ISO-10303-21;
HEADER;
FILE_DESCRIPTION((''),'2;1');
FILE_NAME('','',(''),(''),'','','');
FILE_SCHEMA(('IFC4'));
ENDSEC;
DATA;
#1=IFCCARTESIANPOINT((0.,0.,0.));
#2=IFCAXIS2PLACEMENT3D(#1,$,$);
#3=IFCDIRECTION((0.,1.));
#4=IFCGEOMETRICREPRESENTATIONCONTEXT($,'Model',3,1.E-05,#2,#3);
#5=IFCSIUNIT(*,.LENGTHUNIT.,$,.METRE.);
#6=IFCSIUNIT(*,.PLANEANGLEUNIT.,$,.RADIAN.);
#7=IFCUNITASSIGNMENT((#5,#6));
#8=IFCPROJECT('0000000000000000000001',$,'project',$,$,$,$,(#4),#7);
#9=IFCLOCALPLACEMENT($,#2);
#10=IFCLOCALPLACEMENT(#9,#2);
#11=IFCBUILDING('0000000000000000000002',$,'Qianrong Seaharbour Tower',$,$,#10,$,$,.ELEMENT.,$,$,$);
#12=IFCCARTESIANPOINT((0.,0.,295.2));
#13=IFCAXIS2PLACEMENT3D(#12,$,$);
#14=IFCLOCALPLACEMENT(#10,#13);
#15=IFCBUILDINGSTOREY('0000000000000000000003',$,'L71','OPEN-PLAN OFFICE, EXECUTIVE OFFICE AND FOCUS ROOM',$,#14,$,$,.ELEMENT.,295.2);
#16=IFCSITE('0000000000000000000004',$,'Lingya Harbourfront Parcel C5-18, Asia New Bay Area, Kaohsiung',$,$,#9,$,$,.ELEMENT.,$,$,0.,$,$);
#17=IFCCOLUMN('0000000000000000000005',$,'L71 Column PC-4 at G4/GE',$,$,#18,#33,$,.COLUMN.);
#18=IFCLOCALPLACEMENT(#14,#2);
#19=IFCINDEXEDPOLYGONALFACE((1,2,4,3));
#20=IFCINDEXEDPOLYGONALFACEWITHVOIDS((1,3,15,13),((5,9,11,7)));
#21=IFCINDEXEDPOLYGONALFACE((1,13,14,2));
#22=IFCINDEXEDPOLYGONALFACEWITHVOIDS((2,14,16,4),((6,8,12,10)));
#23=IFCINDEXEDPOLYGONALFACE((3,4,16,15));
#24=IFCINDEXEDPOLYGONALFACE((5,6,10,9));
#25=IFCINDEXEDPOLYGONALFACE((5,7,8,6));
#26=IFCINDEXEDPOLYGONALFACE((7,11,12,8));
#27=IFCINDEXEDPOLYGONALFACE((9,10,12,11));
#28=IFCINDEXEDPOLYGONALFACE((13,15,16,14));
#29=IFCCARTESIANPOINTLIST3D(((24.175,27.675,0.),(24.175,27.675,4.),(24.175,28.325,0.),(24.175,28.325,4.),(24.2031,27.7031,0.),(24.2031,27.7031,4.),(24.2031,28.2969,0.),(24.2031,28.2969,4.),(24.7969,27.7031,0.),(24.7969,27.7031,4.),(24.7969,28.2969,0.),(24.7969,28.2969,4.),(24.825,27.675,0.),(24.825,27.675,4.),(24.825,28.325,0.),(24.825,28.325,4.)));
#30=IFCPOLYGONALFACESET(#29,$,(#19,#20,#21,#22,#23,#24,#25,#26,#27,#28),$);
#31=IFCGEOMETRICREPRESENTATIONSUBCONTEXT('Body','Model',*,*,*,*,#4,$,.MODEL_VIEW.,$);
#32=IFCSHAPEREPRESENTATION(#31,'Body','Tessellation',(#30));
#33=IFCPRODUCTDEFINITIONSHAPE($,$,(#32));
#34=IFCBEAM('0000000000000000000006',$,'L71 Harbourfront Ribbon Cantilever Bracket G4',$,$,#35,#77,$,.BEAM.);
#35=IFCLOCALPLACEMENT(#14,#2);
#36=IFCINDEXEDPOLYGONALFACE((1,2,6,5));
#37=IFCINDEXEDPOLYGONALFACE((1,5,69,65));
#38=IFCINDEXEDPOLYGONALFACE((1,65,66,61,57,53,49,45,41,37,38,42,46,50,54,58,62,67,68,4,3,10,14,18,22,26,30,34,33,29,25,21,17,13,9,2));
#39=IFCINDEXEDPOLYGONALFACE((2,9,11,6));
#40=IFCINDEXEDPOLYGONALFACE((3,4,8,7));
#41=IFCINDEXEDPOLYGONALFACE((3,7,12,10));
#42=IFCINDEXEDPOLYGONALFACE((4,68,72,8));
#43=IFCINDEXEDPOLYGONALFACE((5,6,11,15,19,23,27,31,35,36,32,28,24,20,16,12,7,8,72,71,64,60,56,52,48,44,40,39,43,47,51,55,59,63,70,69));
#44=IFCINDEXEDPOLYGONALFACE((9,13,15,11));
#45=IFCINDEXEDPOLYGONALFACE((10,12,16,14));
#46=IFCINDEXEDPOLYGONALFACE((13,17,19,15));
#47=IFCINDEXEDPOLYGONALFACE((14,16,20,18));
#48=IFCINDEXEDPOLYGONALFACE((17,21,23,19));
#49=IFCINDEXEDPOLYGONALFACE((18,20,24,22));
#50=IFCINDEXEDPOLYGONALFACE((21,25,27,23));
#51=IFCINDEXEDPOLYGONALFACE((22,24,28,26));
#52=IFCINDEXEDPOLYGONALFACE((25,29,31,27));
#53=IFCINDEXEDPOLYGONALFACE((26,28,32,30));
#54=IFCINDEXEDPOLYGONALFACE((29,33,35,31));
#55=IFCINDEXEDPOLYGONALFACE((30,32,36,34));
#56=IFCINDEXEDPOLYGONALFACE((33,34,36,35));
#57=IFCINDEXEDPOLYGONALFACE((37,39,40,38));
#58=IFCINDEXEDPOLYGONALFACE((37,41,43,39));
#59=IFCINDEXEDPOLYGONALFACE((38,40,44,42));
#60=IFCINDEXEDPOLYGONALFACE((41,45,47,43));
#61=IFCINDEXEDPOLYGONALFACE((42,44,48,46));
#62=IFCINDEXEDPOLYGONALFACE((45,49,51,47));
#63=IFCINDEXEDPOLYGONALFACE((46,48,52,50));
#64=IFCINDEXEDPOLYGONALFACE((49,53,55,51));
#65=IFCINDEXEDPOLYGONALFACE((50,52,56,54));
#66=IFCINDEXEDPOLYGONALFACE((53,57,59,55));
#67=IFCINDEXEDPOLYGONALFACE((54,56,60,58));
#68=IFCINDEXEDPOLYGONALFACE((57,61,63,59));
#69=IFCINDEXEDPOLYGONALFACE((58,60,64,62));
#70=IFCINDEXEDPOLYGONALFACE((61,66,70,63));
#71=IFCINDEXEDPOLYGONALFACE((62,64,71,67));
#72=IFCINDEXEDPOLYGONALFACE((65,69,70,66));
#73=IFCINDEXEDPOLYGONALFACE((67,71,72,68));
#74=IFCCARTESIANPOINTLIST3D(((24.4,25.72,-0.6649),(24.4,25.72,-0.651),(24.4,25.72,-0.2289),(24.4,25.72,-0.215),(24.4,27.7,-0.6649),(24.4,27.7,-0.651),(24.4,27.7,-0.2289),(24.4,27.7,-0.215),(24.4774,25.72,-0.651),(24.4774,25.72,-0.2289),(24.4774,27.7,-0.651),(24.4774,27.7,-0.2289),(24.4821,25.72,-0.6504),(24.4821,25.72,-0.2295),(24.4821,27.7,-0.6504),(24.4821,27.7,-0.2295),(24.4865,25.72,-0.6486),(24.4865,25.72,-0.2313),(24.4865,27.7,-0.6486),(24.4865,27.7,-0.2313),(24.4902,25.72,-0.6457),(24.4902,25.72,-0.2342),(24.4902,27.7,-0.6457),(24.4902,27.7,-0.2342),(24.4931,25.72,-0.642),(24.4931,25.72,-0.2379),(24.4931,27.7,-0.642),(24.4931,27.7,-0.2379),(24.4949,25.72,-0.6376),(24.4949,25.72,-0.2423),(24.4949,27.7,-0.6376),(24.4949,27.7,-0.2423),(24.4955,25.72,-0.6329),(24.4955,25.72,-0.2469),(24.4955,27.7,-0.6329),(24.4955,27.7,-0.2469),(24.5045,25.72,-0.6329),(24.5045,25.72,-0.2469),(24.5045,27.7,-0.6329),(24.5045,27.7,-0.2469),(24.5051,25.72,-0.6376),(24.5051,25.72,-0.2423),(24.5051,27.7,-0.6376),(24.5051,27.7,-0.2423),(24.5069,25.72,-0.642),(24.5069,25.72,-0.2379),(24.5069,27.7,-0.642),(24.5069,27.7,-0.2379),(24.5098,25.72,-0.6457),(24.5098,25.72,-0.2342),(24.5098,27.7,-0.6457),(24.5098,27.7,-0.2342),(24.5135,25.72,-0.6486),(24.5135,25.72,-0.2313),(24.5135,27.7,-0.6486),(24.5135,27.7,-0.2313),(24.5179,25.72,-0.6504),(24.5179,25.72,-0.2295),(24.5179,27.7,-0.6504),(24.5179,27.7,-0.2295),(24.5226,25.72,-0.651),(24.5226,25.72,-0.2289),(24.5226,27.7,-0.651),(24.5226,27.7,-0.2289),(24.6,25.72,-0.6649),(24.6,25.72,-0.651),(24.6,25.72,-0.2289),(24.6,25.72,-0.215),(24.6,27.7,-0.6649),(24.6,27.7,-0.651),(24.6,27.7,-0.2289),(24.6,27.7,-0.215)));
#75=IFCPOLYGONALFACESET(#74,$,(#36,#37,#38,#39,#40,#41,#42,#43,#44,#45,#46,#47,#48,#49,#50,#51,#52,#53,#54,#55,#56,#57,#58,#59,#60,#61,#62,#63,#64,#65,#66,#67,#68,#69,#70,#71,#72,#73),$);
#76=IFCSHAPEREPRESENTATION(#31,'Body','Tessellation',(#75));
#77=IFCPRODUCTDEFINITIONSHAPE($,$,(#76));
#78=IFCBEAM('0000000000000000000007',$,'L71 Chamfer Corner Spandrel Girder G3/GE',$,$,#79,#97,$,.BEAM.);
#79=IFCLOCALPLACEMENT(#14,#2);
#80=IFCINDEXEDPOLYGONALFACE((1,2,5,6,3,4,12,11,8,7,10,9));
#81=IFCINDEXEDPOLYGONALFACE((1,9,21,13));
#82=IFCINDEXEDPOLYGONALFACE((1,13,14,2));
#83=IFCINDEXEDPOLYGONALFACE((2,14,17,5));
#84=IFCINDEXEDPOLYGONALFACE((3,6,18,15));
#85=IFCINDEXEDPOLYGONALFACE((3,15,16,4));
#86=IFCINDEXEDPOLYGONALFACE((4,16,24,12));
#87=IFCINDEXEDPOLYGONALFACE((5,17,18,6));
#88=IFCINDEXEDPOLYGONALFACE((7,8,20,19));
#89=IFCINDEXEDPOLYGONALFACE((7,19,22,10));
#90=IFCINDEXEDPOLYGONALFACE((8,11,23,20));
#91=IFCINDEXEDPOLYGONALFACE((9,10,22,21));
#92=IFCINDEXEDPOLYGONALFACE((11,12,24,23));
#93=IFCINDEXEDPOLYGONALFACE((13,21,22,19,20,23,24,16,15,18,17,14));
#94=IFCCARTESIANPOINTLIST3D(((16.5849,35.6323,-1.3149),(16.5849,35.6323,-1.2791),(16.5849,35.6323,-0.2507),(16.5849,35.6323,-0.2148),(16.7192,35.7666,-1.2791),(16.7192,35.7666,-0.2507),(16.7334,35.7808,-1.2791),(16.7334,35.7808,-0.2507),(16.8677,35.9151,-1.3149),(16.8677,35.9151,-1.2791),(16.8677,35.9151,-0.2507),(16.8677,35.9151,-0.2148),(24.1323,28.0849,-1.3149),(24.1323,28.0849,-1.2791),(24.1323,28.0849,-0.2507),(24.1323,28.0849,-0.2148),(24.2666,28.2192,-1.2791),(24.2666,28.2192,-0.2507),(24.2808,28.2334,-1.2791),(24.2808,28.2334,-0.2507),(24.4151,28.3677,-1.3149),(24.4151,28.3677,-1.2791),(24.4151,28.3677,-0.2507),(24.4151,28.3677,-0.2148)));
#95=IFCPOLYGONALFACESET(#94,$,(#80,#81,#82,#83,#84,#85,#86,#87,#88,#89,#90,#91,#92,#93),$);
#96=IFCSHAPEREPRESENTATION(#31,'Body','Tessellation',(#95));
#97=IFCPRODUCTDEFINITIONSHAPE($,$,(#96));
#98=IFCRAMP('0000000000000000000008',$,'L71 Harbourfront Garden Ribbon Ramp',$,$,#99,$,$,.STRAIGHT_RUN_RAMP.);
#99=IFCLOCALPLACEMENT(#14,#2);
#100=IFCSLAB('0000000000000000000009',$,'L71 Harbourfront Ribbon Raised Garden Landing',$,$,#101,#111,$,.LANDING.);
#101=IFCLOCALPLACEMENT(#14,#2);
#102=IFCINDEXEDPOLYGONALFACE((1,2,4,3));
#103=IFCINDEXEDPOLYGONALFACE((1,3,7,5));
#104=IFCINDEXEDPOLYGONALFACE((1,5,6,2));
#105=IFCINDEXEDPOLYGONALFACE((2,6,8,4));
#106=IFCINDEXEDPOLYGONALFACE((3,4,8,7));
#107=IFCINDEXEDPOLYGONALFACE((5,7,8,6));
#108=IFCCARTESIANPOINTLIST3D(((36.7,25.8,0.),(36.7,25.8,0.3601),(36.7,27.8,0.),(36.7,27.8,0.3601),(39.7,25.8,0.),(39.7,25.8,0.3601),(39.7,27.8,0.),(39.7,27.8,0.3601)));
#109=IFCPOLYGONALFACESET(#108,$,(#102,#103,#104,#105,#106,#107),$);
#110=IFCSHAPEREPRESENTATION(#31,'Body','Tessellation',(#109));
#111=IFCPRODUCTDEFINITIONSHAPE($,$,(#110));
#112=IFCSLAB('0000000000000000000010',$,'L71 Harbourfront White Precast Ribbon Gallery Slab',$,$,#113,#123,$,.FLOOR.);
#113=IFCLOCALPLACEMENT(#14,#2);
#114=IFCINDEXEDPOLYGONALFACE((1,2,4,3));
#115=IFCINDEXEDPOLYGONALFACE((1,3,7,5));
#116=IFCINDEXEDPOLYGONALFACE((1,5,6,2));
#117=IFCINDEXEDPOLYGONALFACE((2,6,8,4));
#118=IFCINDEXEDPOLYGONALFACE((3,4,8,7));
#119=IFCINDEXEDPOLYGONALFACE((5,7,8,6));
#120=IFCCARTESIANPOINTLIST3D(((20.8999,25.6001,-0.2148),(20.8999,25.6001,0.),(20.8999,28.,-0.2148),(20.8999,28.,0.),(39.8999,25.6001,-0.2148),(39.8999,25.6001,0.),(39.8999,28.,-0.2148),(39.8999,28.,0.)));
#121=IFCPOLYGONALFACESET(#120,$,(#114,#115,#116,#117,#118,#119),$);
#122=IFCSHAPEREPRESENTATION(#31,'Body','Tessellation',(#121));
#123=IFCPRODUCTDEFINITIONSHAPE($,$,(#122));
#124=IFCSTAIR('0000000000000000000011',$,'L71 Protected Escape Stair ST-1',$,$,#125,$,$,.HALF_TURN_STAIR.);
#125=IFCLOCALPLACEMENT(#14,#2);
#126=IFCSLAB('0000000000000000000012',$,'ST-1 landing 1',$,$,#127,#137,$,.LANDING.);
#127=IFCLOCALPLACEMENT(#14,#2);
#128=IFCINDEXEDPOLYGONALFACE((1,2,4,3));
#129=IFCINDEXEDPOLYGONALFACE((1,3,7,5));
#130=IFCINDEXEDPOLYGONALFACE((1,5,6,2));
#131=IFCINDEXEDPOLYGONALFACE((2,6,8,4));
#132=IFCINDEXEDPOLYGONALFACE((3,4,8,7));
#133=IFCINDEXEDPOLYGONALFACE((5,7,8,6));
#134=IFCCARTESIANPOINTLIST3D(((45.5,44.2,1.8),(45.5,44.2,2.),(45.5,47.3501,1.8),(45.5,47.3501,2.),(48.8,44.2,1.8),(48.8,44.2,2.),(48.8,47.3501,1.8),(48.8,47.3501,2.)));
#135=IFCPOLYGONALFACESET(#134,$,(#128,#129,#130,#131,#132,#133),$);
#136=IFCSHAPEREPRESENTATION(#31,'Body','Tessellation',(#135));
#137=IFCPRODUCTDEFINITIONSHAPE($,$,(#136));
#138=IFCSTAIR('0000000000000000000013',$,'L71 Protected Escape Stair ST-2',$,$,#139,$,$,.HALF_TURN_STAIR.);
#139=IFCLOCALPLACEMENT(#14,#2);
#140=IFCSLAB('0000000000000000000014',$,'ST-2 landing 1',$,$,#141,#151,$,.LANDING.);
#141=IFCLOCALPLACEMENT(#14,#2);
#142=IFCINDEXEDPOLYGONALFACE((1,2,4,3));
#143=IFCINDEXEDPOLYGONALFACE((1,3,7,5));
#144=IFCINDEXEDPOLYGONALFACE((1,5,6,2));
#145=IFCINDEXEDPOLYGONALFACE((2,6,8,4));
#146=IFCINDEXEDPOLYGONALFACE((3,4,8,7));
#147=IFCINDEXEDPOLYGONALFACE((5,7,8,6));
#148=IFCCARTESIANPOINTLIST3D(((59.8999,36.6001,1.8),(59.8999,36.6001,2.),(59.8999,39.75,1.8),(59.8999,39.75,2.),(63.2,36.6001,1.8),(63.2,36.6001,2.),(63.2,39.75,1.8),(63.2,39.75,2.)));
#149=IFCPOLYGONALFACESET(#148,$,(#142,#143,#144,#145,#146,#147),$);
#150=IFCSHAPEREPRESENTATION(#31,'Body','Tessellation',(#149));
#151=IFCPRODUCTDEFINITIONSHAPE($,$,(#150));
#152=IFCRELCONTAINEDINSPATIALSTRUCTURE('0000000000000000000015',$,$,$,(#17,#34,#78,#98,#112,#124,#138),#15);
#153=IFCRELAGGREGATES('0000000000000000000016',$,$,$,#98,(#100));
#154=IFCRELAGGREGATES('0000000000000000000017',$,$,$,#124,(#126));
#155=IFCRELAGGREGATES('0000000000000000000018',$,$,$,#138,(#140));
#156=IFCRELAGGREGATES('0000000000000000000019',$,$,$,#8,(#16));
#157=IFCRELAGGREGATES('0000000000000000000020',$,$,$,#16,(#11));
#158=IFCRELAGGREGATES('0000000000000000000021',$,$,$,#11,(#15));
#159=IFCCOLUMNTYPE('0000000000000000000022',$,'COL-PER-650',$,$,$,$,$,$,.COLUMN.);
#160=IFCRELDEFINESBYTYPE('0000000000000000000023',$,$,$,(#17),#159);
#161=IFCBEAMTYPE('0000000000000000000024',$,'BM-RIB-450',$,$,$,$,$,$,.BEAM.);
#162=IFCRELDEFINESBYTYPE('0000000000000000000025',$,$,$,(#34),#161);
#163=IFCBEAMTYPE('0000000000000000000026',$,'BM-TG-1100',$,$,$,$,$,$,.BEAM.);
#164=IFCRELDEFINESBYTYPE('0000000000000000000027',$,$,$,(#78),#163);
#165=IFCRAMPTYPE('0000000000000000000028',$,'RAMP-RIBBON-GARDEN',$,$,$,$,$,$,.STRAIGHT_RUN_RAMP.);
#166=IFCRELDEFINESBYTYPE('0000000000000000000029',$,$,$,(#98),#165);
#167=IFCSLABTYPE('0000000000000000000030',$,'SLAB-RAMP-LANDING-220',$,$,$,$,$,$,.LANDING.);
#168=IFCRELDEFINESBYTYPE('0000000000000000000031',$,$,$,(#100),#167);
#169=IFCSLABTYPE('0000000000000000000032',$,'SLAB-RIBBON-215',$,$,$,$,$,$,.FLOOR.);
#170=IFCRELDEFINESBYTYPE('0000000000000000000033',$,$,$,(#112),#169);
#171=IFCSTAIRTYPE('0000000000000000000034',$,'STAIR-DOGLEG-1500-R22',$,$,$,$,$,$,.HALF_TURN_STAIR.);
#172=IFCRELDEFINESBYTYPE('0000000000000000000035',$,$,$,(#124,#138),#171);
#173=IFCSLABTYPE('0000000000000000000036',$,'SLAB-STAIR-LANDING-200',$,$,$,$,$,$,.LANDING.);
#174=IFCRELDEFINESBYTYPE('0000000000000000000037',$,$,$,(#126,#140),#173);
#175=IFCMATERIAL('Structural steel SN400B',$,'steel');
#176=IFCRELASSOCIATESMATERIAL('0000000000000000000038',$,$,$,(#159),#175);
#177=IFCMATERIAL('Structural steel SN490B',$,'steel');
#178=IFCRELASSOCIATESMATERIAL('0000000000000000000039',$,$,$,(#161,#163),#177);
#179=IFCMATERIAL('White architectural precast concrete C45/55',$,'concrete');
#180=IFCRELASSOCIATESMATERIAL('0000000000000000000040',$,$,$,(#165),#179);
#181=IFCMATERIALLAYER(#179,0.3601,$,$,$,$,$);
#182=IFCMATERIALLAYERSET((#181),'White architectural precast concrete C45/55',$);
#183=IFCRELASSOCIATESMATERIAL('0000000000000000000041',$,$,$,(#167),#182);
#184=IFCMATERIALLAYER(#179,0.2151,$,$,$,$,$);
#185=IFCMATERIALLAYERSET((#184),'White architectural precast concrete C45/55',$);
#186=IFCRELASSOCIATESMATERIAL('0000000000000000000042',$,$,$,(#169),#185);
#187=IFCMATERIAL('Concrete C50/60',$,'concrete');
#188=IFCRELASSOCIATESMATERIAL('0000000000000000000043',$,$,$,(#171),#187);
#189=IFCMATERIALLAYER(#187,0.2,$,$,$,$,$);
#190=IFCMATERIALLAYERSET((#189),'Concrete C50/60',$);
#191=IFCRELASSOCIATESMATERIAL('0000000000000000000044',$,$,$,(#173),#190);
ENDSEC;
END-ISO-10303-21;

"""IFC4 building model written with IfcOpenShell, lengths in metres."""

from ifc_helpers import new_model, si_unit, direction, frame, origin, origin_2d, place, context, subcontext, project, spatial, polyline, hollow_rectangle, i_section, outline, extrude, material, layer, layer_set, material_profile, profile_set, type_object, element, aggregate, save


model = new_model("IFC4")

# Units and contexts
model_context = context("Model", 3, precision=1e-05, world=origin(), true_north=direction((0.0, 1.0)))
body_context = subcontext(model_context, "Body", "Model", "MODEL_VIEW")
ifc_project = project(units=[si_unit("LENGTHUNIT", "METRE"), si_unit("PLANEANGLEUNIT", "RADIAN")], contexts=[model_context])

# Site, building, storey
site_placement = place(None, origin())
site = spatial("IfcSite", under=ifc_project, at=site_placement, Name="Lingya Harbourfront Parcel C5-18, Asia New Bay Area, Kaohsiung", CompositionType="ELEMENT", RefElevation=0.0)
building_placement = place(site_placement, origin())
building = spatial("IfcBuilding", under=site, at=building_placement, Name="Qianrong Seaharbour Tower", CompositionType="ELEMENT")
storey_placement = place(building_placement, frame((0.0, 0.0, 295.2)))
storey = spatial("IfcBuildingStorey", under=building, at=storey_placement, Name="L71", Description="OPEN-PLAN OFFICE, EXECUTIVE OFFICE AND FOCUS ROOM", CompositionType="ELEMENT", Elevation=295.2)

# Column
ifc_material_1 = material(Name="Structural steel SN400B", Category="steel")
ifc_material_profile_1 = material_profile(ifc_material_1, hollow_rectangle(XDim=0.6499, YDim=0.6499, WallThickness=0.0281, at=origin_2d()), Name="BOX650x650x28")
ifc_profile_set_1 = profile_set([ifc_material_profile_1], Name="Structural steel SN400B")
column_type = type_object("IfcColumnType", Name="COL-PER-650", PredefinedType="COLUMN", material=ifc_profile_set_1)
column_placement = place(storey_placement, frame((24.5, 28.0, 0.0), z_axis=(0.0, 0.0, 1.0), x_axis=(1.0, 0.0, 0.0)))
element("IfcColumn", 1, at=column_placement, inside=storey, type_object=column_type, Name="L71 Column PC-4 at G4/GE", PredefinedType="COLUMN", context=body_context, shape_type="SweptSolid", body=[
    extrude(hollow_rectangle(XDim=0.6499, YDim=0.6499, WallThickness=0.0281, at=origin_2d()), origin(), (0.0, 0.0, 1.0), 4.0),
])

# Beams
ifc_material_2 = material(Name="Structural steel SN490B", Category="steel")
ifc_material_profile_2 = material_profile(ifc_material_2, i_section(OverallWidth=0.2, OverallDepth=0.45, WebThickness=0.009, FlangeThickness=0.0139, FilletRadius=0.0181, at=origin_2d()), Name="H450x200x9x14")
ifc_profile_set_2 = profile_set([ifc_material_profile_2], Name="Structural steel SN490B")
beam_type_1 = type_object("IfcBeamType", Name="BM-RIB-450", PredefinedType="BEAM", material=ifc_profile_set_2)
beam_1_placement = place(storey_placement, frame((24.5, 27.7, -0.4399), z_axis=(0.0, -1.0, 0.0), x_axis=(1.0, 0.0, 0.0)))
element("IfcBeam", 2, at=beam_1_placement, inside=storey, type_object=beam_type_1, Name="L71 Harbourfront Ribbon Cantilever Bracket G4", PredefinedType="BEAM", context=body_context, shape_type="SweptSolid", body=[
    extrude(i_section(OverallWidth=0.2, OverallDepth=0.45, WebThickness=0.009, FlangeThickness=0.0139, FilletRadius=0.0181, at=origin_2d()), origin(), (0.0, 0.0, 1.0), 1.98),
])
ifc_material_profile_3 = material_profile(ifc_material_2, i_section(OverallWidth=0.3999, OverallDepth=1.1001, WebThickness=0.02, FlangeThickness=0.0359, at=origin_2d()), Name="BH1100x400x20x36")
ifc_profile_set_3 = profile_set([ifc_material_profile_3], Name="Structural steel SN490B")
beam_type_2 = type_object("IfcBeamType", Name="BM-TG-1100", PredefinedType="BEAM", material=ifc_profile_set_3)
beam_2_placement = place(storey_placement, frame((24.2737, 28.2263, -0.7649), z_axis=(-0.707107, 0.707107, 0.0), x_axis=(-0.707107, -0.707107, 0.0)))
element("IfcBeam", 3, at=beam_2_placement, inside=storey, type_object=beam_type_2, Name="L71 Chamfer Corner Spandrel Girder G3/GE", PredefinedType="BEAM", context=body_context, shape_type="SweptSolid", body=[
    extrude(i_section(OverallWidth=0.3999, OverallDepth=1.1001, WebThickness=0.02, FlangeThickness=0.0359, at=origin_2d()), origin(), (0.0, 0.0, 1.0), 10.6736),
])

# Ramp, slab
ifc_material_3 = material(Name="White architectural precast concrete C45/55", Category="concrete")
ramp_type = type_object("IfcRampType", Name="RAMP-RIBBON-GARDEN", PredefinedType="STRAIGHT_RUN_RAMP", material=ifc_material_3)
ramp_placement = place(storey_placement, origin())
ramp = element("IfcRamp", 4, at=ramp_placement, inside=storey, type_object=ramp_type, Name="L71 Harbourfront Garden Ribbon Ramp", PredefinedType="STRAIGHT_RUN_RAMP")
ifc_layer_1 = layer(ifc_material_3, 0.3601)
ifc_layer_set_1 = layer_set([ifc_layer_1], Name="White architectural precast concrete C45/55")
slab_type_1 = type_object("IfcSlabType", Name="SLAB-RAMP-LANDING-220", PredefinedType="LANDING", material=ifc_layer_set_1)
slab_1_placement = place(storey_placement, origin())
slab_1 = element("IfcSlab", 5, at=slab_1_placement, type_object=slab_type_1, Name="L71 Harbourfront Ribbon Raised Garden Landing", PredefinedType="LANDING", context=body_context, shape_type="SweptSolid", body=[
    extrude(outline(polyline([(36.7, 25.8), (39.7, 25.8), (39.7, 27.8), (36.7, 27.8), (36.7, 25.8)])), origin(), (0.0, 0.0, 1.0), 0.3601),
])
aggregate(ramp, [slab_1])

# Slab
ifc_layer_2 = layer(ifc_material_3, 0.2151)
ifc_layer_set_2 = layer_set([ifc_layer_2], Name="White architectural precast concrete C45/55")
slab_type_2 = type_object("IfcSlabType", Name="SLAB-RIBBON-215", PredefinedType="FLOOR", material=ifc_layer_set_2)
slab_2_placement = place(storey_placement, frame((0.0, 0.0, -0.2148)))
element("IfcSlab", 6, at=slab_2_placement, inside=storey, type_object=slab_type_2, Name="L71 Harbourfront White Precast Ribbon Gallery Slab", PredefinedType="FLOOR", context=body_context, shape_type="SweptSolid", body=[
    extrude(outline(polyline([(20.8999, 25.6001), (39.8999, 25.6001), (39.8999, 28.0), (20.8999, 28.0), (20.8999, 25.6001)])), origin(), (0.0, 0.0, 1.0), 0.2148),
])

# Stairs, slabs
ifc_material_4 = material(Name="Concrete C50/60", Category="concrete")
stair_type = type_object("IfcStairType", Name="STAIR-DOGLEG-1500-R22", PredefinedType="HALF_TURN_STAIR", material=ifc_material_4)
stair_1_placement = place(storey_placement, origin())
stair_1 = element("IfcStair", 7, at=stair_1_placement, inside=storey, type_object=stair_type, Name="L71 Protected Escape Stair ST-1", PredefinedType="HALF_TURN_STAIR")
ifc_layer_3 = layer(ifc_material_4, 0.2)
ifc_layer_set_3 = layer_set([ifc_layer_3], Name="Concrete C50/60")
slab_type_3 = type_object("IfcSlabType", Name="SLAB-STAIR-LANDING-200", PredefinedType="LANDING", material=ifc_layer_set_3)
slab_3_placement = place(storey_placement, frame((0.0, 0.0, 1.8)))
slab_3 = element("IfcSlab", 8, at=slab_3_placement, type_object=slab_type_3, Name="ST-1 landing 1", PredefinedType="LANDING", context=body_context, shape_type="SweptSolid", body=[
    extrude(outline(polyline([(45.5, 44.2), (48.8, 44.2), (48.8, 47.3501), (45.5, 47.3501), (45.5, 44.2)])), origin(), (0.0, 0.0, 1.0), 0.2),
])
aggregate(stair_1, [slab_3])
stair_2_placement = place(storey_placement, origin())
stair_2 = element("IfcStair", 9, at=stair_2_placement, inside=storey, type_object=stair_type, Name="L71 Protected Escape Stair ST-2", PredefinedType="HALF_TURN_STAIR")
slab_4_placement = place(storey_placement, frame((0.0, 0.0, 1.8)))
slab_4 = element("IfcSlab", 10, at=slab_4_placement, type_object=slab_type_3, Name="ST-2 landing 1", PredefinedType="LANDING", context=body_context, shape_type="SweptSolid", body=[
    extrude(outline(polyline([(59.8999, 36.6001), (63.2, 36.6001), (63.2, 39.75), (59.8999, 39.75), (59.8999, 36.6001)])), origin(), (0.0, 0.0, 1.0), 0.2),
])
aggregate(stair_2, [slab_4])

save(model, "model.ifc")
